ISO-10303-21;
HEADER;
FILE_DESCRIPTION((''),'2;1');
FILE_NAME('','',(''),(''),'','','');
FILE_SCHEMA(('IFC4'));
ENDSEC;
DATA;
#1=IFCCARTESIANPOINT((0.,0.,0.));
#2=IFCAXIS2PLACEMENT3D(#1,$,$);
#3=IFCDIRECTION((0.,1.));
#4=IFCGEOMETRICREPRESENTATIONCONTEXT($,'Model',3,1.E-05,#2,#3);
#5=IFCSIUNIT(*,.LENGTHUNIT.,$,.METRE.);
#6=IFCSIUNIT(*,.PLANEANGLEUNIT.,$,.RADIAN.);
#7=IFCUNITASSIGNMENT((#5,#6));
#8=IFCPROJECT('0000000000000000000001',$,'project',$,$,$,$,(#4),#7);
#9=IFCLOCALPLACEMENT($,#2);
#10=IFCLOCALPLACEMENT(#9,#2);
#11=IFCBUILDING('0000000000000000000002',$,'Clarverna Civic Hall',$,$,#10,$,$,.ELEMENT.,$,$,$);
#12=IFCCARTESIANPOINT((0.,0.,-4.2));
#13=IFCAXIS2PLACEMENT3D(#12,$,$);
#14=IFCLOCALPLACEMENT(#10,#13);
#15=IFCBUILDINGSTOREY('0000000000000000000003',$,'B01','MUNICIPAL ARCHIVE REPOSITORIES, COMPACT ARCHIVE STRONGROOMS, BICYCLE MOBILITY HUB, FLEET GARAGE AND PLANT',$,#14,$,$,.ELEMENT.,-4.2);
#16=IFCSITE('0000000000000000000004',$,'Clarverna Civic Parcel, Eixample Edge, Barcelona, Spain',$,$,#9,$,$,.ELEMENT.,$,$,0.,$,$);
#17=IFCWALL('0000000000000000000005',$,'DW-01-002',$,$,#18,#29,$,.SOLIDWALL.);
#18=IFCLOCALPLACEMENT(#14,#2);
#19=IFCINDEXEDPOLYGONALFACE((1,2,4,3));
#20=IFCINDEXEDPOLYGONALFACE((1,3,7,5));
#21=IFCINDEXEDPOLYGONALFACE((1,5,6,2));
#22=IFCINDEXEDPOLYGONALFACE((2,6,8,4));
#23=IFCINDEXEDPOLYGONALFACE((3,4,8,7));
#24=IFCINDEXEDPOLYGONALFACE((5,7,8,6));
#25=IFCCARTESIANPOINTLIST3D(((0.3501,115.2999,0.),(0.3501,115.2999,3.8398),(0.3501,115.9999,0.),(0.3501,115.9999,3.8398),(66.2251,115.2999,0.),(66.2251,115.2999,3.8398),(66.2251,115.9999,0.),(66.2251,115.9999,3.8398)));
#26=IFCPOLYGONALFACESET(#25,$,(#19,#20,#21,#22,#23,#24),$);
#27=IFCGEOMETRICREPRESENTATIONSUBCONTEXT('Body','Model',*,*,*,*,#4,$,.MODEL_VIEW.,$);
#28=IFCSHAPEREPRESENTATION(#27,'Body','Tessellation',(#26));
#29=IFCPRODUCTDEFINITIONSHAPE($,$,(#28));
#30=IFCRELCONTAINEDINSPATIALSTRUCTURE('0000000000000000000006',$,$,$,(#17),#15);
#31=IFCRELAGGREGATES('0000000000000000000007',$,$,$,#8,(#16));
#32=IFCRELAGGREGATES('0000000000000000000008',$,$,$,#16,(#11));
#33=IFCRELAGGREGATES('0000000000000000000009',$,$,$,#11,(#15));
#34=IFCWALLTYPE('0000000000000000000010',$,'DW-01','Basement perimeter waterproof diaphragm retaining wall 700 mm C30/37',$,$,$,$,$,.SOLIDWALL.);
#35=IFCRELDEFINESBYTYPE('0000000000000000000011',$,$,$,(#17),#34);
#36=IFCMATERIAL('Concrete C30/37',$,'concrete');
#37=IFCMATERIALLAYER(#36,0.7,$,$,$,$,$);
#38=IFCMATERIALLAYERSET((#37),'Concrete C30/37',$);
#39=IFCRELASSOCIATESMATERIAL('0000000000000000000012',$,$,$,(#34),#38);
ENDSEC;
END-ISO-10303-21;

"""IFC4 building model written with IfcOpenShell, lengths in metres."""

from ifc_helpers import new_model, si_unit, direction, frame, frame_2d, origin, place, context, subcontext, project, spatial, rectangle, extrude, material, layer, layer_set, type_object, element, save


model = new_model("IFC4")

# Units and contexts
model_context = context("Model", 3, precision=1e-05, world=origin(), true_north=direction((0.0, 1.0)))
body_context = subcontext(model_context, "Body", "Model", "MODEL_VIEW")
ifc_project = project(units=[si_unit("LENGTHUNIT", "METRE"), si_unit("PLANEANGLEUNIT", "RADIAN")], contexts=[model_context])

# Site, building, storey
site_placement = place(None, origin())
site = spatial("IfcSite", under=ifc_project, at=site_placement, Name="Clarverna Civic Parcel, Eixample Edge, Barcelona, Spain", CompositionType="ELEMENT", RefElevation=0.0)
building_placement = place(site_placement, origin())
building = spatial("IfcBuilding", under=site, at=building_placement, Name="Clarverna Civic Hall", CompositionType="ELEMENT")
storey_placement = place(building_placement, frame((0.0, 0.0, -4.2)))
storey = spatial("IfcBuildingStorey", under=building, at=storey_placement, Name="B01", Description="MUNICIPAL ARCHIVE REPOSITORIES, COMPACT ARCHIVE STRONGROOMS, BICYCLE MOBILITY HUB, FLEET GARAGE AND PLANT", CompositionType="ELEMENT", Elevation=-4.2)

# Shared definitions
ifc_material_1 = material(Name="Concrete C30/37", Category="concrete")

# Wall
ifc_layer = layer(ifc_material_1, 0.7)
ifc_layer_set = layer_set([ifc_layer], Name="Concrete C30/37")
wall_type = type_object("IfcWallType", Name="DW-01", Description="Basement perimeter waterproof diaphragm retaining wall 700 mm C30/37", PredefinedType="SOLIDWALL", material=ifc_layer_set)
wall_placement = place(storey_placement, frame((0.3501, 115.6499, 0.0), z_axis=(0.0, 0.0, 1.0), x_axis=(1.0, 0.0, 0.0)))
element("IfcWall", 1, at=wall_placement, inside=storey, type_object=wall_type, Name="DW-01-002", PredefinedType="SOLIDWALL", context=body_context, shape_type="SweptSolid", body=[
    extrude(rectangle(XDim=65.875, YDim=0.7, at=frame_2d((32.9375, 0.0))), origin(), (0.0, 0.0, 1.0), 3.8398),
])

save(model, "model.ifc")
